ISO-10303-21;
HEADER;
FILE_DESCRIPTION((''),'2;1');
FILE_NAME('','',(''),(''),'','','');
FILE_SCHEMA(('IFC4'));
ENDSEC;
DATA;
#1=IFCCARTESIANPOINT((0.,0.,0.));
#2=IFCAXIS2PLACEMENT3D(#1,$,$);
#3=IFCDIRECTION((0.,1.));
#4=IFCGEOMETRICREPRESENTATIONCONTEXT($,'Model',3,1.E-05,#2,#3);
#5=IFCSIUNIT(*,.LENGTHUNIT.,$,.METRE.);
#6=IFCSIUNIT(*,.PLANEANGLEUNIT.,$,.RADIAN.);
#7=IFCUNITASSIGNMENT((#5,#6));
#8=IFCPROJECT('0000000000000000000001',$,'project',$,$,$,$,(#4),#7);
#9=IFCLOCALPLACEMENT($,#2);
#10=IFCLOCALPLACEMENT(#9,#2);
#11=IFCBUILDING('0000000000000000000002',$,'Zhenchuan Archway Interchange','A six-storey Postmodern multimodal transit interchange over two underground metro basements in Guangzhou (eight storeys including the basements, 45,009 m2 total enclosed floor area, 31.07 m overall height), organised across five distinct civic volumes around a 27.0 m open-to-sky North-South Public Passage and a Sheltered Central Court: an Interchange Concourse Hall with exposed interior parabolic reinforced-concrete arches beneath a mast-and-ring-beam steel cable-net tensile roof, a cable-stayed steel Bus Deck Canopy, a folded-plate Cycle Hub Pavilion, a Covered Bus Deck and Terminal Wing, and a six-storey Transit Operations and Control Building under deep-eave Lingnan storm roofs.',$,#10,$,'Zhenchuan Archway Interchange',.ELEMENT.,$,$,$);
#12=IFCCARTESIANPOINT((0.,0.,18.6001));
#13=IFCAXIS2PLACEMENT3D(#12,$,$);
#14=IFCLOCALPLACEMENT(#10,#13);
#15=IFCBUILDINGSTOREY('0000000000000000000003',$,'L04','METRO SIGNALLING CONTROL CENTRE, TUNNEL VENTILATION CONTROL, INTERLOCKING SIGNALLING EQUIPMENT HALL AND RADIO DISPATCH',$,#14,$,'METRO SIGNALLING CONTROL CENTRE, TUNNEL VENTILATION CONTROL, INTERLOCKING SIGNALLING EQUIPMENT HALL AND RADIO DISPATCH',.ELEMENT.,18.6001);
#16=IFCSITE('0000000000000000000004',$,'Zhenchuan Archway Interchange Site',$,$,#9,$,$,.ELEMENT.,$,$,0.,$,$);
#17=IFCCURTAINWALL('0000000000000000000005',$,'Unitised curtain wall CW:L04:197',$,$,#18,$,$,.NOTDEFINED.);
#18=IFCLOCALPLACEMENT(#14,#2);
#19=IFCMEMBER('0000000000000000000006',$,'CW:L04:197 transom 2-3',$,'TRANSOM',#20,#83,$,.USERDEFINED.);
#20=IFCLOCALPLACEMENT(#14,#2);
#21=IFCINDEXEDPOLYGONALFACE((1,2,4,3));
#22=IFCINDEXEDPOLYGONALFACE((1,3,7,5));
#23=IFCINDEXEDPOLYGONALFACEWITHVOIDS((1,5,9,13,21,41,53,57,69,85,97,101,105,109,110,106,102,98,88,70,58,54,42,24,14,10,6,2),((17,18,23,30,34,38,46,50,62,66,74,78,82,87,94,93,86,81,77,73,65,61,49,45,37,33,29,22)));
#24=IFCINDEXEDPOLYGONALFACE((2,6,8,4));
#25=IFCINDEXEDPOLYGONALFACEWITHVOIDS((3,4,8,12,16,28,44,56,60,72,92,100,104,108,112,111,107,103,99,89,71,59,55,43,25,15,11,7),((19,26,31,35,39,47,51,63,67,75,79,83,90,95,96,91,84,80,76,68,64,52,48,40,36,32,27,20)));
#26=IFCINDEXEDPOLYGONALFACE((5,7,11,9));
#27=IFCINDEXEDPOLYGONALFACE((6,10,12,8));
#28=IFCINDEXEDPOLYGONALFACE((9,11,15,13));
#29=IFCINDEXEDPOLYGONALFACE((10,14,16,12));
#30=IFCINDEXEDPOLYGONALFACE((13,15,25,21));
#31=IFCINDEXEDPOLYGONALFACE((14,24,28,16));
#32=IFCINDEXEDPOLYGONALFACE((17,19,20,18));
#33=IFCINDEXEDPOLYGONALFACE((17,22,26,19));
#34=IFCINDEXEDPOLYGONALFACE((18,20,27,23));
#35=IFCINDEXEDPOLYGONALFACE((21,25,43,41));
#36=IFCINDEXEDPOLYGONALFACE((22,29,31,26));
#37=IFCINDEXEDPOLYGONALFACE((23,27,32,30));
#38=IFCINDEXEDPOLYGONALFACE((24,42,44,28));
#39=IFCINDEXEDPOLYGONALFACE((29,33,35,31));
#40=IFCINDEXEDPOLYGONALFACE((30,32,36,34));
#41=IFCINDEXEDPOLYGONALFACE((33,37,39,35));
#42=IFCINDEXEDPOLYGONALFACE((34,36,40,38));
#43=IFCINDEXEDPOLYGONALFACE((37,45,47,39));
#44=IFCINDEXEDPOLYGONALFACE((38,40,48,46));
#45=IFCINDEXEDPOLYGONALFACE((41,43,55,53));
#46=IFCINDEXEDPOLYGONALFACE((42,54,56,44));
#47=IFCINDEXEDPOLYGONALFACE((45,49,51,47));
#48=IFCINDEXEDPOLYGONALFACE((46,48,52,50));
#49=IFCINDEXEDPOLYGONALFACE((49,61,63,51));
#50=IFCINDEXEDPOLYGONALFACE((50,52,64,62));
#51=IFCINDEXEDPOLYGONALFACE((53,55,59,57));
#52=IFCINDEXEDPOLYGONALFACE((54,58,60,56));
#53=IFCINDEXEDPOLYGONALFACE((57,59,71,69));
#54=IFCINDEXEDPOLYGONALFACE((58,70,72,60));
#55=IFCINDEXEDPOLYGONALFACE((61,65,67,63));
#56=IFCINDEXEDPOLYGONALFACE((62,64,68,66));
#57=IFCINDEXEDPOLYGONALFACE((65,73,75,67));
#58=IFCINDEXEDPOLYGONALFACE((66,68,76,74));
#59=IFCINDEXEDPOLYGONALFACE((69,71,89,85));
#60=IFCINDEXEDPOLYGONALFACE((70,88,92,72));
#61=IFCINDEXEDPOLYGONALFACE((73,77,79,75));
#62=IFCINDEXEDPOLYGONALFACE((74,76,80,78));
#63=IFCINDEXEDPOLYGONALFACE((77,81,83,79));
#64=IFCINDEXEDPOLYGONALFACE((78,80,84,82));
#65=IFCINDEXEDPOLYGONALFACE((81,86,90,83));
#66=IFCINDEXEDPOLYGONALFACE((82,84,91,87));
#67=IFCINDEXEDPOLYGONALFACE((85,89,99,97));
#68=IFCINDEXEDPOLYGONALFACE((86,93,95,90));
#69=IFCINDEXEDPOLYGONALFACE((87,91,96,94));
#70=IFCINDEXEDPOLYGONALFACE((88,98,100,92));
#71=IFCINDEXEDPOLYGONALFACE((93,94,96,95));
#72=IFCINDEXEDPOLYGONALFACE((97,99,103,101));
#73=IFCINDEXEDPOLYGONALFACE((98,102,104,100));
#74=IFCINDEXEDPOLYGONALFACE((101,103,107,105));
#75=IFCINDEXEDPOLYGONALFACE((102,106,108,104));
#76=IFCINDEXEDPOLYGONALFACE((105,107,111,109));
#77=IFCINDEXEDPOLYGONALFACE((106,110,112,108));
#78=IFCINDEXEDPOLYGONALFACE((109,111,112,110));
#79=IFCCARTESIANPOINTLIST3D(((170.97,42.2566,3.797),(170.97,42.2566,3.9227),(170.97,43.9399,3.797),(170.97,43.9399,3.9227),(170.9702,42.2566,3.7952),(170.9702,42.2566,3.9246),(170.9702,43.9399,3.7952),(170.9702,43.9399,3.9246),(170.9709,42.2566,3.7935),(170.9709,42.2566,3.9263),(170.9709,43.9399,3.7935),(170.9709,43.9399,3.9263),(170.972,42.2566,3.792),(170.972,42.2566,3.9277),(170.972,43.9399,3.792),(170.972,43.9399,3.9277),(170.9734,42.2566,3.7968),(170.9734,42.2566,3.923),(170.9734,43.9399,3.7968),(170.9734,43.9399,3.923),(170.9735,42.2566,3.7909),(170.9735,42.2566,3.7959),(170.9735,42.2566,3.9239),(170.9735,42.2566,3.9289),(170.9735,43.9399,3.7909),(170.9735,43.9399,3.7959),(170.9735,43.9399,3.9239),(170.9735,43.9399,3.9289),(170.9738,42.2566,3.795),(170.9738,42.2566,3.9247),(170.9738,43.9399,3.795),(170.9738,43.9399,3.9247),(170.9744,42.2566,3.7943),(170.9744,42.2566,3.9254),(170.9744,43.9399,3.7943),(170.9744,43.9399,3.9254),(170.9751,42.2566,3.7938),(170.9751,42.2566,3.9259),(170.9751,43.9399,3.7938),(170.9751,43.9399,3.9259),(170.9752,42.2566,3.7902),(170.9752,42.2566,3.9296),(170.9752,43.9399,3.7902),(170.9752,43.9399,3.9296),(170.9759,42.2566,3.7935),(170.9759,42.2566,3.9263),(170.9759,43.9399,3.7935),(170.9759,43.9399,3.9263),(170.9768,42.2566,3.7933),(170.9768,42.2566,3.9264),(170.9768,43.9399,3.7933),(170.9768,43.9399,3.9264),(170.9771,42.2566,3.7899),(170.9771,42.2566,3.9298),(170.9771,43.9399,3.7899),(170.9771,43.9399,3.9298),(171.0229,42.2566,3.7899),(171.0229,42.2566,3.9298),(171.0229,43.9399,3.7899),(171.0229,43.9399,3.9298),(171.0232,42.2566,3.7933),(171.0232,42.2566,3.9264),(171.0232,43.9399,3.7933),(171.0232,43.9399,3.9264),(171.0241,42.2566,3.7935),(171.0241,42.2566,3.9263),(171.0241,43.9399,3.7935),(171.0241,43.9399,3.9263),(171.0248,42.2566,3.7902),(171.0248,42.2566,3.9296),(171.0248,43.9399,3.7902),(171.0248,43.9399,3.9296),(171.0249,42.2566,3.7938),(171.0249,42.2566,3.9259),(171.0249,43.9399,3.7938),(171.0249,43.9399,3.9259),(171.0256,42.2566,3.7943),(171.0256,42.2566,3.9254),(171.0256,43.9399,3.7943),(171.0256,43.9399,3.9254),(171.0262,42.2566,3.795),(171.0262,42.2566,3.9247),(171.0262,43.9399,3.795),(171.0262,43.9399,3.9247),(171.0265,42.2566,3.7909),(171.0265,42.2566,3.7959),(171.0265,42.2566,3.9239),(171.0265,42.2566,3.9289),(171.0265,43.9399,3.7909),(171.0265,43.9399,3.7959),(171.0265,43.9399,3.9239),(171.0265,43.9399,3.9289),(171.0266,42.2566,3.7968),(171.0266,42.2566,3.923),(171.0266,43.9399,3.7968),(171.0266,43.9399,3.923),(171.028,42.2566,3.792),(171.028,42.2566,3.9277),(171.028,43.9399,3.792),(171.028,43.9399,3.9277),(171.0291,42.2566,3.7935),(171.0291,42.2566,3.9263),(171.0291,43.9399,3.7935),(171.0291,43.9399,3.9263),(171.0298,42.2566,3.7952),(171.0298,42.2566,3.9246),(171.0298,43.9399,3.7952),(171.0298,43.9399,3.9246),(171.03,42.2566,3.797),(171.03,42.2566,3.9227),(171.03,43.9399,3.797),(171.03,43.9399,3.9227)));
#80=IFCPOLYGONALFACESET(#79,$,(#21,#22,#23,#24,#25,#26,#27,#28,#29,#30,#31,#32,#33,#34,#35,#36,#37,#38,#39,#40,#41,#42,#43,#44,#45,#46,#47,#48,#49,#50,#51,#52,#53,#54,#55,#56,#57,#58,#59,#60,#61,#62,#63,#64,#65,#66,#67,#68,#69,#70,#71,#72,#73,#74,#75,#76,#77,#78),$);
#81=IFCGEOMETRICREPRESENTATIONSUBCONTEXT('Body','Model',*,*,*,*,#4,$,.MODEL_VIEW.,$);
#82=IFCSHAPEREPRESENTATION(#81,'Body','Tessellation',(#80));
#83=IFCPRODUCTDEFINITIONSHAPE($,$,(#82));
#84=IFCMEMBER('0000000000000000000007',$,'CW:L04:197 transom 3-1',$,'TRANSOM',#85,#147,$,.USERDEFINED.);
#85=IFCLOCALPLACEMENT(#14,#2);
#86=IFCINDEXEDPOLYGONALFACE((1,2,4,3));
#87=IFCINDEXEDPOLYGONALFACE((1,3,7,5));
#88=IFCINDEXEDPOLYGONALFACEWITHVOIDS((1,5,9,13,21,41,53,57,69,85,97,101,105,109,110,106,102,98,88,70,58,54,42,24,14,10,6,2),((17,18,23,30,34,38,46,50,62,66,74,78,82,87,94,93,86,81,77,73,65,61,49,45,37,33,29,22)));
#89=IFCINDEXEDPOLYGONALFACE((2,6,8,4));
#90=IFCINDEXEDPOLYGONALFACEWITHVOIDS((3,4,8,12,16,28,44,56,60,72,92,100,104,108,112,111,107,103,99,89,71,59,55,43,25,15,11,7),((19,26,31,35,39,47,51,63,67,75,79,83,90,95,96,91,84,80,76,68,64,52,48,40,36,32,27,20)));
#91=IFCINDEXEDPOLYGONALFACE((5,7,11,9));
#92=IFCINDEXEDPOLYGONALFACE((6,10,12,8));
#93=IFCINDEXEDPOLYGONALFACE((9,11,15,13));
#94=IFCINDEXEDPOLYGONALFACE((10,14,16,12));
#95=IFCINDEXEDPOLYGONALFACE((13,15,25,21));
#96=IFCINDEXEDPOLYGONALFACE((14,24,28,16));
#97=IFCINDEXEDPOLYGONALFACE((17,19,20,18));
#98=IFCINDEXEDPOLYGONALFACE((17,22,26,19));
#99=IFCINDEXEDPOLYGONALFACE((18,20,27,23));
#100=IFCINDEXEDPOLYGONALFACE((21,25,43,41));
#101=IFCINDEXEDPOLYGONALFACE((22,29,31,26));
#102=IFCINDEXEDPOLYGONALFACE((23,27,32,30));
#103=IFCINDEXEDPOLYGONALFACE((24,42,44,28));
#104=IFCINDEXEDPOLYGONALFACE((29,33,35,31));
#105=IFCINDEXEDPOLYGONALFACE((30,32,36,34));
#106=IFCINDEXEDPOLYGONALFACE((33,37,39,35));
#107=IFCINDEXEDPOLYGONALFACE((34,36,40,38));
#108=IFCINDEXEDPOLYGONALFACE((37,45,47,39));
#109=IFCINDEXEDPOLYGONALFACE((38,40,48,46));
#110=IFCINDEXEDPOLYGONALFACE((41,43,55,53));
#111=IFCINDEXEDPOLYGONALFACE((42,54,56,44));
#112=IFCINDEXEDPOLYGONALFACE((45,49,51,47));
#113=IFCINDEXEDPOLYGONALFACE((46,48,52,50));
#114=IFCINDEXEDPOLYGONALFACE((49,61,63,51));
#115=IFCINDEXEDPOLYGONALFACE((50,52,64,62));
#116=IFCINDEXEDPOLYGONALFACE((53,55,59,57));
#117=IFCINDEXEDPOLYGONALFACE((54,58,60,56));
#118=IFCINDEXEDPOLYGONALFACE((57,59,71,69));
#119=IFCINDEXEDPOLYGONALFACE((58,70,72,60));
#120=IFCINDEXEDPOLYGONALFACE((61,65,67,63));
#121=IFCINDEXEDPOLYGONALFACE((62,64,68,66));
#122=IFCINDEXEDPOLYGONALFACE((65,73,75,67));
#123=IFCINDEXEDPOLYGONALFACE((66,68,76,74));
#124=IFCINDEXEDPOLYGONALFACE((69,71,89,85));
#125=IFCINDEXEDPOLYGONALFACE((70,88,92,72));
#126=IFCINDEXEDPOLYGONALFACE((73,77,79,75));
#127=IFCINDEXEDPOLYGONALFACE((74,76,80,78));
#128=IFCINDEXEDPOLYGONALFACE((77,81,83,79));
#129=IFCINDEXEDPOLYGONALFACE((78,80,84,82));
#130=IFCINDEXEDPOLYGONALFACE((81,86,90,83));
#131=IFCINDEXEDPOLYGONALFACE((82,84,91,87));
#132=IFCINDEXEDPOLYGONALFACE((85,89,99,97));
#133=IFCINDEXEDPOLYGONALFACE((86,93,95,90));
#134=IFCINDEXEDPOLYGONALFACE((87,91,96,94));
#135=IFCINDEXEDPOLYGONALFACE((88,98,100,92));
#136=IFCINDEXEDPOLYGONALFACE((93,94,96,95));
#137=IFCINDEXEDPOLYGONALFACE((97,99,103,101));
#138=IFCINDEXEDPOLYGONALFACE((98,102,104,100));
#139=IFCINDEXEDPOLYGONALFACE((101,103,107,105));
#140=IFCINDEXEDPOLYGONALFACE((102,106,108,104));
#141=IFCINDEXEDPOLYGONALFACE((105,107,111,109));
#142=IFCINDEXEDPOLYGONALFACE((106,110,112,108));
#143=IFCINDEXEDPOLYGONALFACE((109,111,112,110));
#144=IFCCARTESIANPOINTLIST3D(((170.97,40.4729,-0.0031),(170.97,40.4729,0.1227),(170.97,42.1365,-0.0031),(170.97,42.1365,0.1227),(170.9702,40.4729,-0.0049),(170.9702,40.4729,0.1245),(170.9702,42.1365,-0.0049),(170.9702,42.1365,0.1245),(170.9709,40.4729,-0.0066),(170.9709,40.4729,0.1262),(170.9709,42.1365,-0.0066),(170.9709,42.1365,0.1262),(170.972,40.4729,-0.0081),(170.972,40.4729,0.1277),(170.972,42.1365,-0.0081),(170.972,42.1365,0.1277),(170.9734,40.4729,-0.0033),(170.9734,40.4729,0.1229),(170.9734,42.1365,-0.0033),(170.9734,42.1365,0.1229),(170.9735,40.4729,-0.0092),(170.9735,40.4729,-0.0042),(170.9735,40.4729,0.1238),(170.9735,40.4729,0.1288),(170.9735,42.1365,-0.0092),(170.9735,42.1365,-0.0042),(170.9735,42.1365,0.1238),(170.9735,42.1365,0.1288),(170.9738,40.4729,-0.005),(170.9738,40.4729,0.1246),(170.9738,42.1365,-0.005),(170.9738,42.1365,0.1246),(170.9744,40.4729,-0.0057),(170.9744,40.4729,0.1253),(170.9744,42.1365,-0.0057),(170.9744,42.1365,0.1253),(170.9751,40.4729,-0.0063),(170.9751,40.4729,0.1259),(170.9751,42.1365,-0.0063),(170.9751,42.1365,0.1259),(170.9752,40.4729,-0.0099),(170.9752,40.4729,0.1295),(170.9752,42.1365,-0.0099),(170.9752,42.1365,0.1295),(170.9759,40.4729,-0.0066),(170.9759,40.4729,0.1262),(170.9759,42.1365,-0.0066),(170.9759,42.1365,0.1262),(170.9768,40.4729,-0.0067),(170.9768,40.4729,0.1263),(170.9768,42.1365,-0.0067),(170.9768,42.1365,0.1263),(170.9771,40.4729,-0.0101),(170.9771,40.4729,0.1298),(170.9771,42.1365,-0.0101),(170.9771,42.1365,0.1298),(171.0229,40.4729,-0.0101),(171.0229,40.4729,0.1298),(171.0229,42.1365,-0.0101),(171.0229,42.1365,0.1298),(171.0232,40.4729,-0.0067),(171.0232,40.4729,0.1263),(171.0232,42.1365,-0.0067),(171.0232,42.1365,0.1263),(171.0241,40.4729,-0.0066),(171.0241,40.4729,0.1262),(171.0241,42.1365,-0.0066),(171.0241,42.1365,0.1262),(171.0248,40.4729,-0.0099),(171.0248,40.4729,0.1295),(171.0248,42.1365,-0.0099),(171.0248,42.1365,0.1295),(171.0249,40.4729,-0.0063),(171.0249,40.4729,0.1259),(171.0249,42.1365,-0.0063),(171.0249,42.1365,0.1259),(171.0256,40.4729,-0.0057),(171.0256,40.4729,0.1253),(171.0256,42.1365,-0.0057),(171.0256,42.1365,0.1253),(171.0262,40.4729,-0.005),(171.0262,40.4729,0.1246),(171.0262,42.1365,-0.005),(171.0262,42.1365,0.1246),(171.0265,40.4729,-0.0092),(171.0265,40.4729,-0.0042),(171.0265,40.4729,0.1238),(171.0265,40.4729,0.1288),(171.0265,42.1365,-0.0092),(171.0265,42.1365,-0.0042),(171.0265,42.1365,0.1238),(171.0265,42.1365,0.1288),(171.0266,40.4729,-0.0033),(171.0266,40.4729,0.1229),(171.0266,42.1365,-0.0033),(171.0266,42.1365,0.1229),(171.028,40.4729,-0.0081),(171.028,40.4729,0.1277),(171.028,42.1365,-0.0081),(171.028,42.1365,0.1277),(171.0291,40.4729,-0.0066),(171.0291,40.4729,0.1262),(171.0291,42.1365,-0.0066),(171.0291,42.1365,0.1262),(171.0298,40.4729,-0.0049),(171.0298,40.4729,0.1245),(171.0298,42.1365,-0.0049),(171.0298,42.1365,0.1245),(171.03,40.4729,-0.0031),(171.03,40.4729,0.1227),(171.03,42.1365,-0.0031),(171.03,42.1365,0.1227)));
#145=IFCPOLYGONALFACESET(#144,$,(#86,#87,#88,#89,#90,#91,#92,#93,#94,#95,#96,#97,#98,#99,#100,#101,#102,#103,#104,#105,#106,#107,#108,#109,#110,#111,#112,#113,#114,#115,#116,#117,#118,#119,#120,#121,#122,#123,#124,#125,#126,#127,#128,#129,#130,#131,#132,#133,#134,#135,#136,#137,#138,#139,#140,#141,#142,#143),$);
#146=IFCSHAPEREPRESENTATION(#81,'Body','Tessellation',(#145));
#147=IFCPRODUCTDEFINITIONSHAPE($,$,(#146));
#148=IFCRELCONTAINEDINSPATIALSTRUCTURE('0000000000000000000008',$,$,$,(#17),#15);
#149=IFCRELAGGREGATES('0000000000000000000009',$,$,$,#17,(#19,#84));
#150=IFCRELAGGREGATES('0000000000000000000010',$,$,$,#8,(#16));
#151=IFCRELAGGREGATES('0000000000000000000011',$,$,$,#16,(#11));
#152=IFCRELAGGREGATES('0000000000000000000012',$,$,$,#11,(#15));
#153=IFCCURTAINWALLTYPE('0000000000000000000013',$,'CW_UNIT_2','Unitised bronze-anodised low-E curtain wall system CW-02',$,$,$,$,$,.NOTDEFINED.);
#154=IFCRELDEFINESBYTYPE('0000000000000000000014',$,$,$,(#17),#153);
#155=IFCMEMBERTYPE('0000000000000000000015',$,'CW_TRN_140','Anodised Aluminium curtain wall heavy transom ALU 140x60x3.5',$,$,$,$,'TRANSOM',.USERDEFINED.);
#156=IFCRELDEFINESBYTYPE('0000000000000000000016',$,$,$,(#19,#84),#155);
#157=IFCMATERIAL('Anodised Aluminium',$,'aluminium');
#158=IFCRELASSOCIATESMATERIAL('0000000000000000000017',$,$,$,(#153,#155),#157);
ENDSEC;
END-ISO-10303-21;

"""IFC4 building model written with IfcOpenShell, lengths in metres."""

from ifc_helpers import new_model, si_unit, direction, frame, origin, origin_2d, place, context, subcontext, project, spatial, hollow_rectangle, extrude, material, material_profile, profile_set, type_object, element, aggregate, save


model = new_model("IFC4")

# Units and contexts
model_context = context("Model", 3, precision=1e-05, world=origin(), true_north=direction((0.0, 1.0)))
body_context = subcontext(model_context, "Body", "Model", "MODEL_VIEW")
ifc_project = project(units=[si_unit("LENGTHUNIT", "METRE"), si_unit("PLANEANGLEUNIT", "RADIAN")], contexts=[model_context])

# Site, building, storey
site_placement = place(None, origin())
site = spatial("IfcSite", under=ifc_project, at=site_placement, Name="Zhenchuan Archway Interchange Site", CompositionType="ELEMENT", RefElevation=0.0)
building_placement = place(site_placement, origin())
building = spatial("IfcBuilding", under=site, at=building_placement, Name="Zhenchuan Archway Interchange", Description="A six-storey Postmodern multimodal transit interchange over two underground metro basements in Guangzhou (eight storeys including the basements, 45,009 m2 total enclosed floor area, 31.07 m overall height), organised across five distinct civic volumes around a 27.0 m open-to-sky North-South Public Passage and a Sheltered Central Court: an Interchange Concourse Hall with exposed interior parabolic reinforced-concrete arches beneath a mast-and-ring-beam steel cable-net tensile roof, a cable-stayed steel Bus Deck Canopy, a folded-plate Cycle Hub Pavilion, a Covered Bus Deck and Terminal Wing, and a six-storey Transit Operations and Control Building under deep-eave Lingnan storm roofs.", LongName="Zhenchuan Archway Interchange", CompositionType="ELEMENT")
storey_placement = place(building_placement, frame((0.0, 0.0, 18.6001)))
storey = spatial("IfcBuildingStorey", under=building, at=storey_placement, Name="L04", Description="METRO SIGNALLING CONTROL CENTRE, TUNNEL VENTILATION CONTROL, INTERLOCKING SIGNALLING EQUIPMENT HALL AND RADIO DISPATCH", LongName="METRO SIGNALLING CONTROL CENTRE, TUNNEL VENTILATION CONTROL, INTERLOCKING SIGNALLING EQUIPMENT HALL AND RADIO DISPATCH", CompositionType="ELEMENT", Elevation=18.6001)

# Curtain wall, members
ifc_material_1 = material(Name="Anodised Aluminium", Category="aluminium")
curtain_wall_type = type_object("IfcCurtainWallType", Name="CW_UNIT_2", Description="Unitised bronze-anodised low-E curtain wall system CW-02", PredefinedType="NOTDEFINED", material=ifc_material_1)
curtain_wall_placement = place(storey_placement, origin())
curtain_wall = element("IfcCurtainWall", 1, at=curtain_wall_placement, inside=storey, type_object=curtain_wall_type, Name="Unitised curtain wall CW:L04:197", PredefinedType="NOTDEFINED")
ifc_material_profile_1 = material_profile(ifc_material_1, hollow_rectangle(XDim=0.0601, YDim=0.1399, WallThickness=0.0034, InnerFilletRadius=0.0034, OuterFilletRadius=0.0071, at=origin_2d()), Name="ALU 140x60x3.5")
ifc_profile_set_1 = profile_set([ifc_material_profile_1], Name="Anodised Aluminium")
member_type_1 = type_object("IfcMemberType", Name="CW_TRN_140", Description="Anodised Aluminium curtain wall heavy transom ALU 140x60x3.5", ElementType="TRANSOM", PredefinedType="USERDEFINED", material=ifc_profile_set_1)
member_1_placement = place(storey_placement, frame((171.0, 43.9399, 3.8599), z_axis=(0.0, -1.0, 0.0), x_axis=(1.0, 0.0, 0.0)))
member_1 = element("IfcMember", 2, at=member_1_placement, type_object=member_type_1, Name="CW:L04:197 transom 2-3", ObjectType="TRANSOM", PredefinedType="USERDEFINED", context=body_context, shape_type="SweptSolid", body=[
    extrude(hollow_rectangle(XDim=0.0601, YDim=0.1399, WallThickness=0.0034, InnerFilletRadius=0.0034, OuterFilletRadius=0.0071, at=origin_2d()), origin(), (0.0, 0.0, 1.0), 1.6833),
])
member_2_placement = place(storey_placement, frame((171.0, 42.1365, 0.0598), z_axis=(0.0, -1.0, 0.0), x_axis=(1.0, 0.0, 0.0)))
member_2 = element("IfcMember", 3, at=member_2_placement, type_object=member_type_1, Name="CW:L04:197 transom 3-1", ObjectType="TRANSOM", PredefinedType="USERDEFINED", context=body_context, shape_type="SweptSolid", body=[
    extrude(hollow_rectangle(XDim=0.0601, YDim=0.1399, WallThickness=0.0034, InnerFilletRadius=0.0034, OuterFilletRadius=0.0071, at=origin_2d()), origin(), (0.0, 0.0, 1.0), 1.6636),
])

aggregate(curtain_wall, [member_1, member_2])

save(model, "model.ifc")
